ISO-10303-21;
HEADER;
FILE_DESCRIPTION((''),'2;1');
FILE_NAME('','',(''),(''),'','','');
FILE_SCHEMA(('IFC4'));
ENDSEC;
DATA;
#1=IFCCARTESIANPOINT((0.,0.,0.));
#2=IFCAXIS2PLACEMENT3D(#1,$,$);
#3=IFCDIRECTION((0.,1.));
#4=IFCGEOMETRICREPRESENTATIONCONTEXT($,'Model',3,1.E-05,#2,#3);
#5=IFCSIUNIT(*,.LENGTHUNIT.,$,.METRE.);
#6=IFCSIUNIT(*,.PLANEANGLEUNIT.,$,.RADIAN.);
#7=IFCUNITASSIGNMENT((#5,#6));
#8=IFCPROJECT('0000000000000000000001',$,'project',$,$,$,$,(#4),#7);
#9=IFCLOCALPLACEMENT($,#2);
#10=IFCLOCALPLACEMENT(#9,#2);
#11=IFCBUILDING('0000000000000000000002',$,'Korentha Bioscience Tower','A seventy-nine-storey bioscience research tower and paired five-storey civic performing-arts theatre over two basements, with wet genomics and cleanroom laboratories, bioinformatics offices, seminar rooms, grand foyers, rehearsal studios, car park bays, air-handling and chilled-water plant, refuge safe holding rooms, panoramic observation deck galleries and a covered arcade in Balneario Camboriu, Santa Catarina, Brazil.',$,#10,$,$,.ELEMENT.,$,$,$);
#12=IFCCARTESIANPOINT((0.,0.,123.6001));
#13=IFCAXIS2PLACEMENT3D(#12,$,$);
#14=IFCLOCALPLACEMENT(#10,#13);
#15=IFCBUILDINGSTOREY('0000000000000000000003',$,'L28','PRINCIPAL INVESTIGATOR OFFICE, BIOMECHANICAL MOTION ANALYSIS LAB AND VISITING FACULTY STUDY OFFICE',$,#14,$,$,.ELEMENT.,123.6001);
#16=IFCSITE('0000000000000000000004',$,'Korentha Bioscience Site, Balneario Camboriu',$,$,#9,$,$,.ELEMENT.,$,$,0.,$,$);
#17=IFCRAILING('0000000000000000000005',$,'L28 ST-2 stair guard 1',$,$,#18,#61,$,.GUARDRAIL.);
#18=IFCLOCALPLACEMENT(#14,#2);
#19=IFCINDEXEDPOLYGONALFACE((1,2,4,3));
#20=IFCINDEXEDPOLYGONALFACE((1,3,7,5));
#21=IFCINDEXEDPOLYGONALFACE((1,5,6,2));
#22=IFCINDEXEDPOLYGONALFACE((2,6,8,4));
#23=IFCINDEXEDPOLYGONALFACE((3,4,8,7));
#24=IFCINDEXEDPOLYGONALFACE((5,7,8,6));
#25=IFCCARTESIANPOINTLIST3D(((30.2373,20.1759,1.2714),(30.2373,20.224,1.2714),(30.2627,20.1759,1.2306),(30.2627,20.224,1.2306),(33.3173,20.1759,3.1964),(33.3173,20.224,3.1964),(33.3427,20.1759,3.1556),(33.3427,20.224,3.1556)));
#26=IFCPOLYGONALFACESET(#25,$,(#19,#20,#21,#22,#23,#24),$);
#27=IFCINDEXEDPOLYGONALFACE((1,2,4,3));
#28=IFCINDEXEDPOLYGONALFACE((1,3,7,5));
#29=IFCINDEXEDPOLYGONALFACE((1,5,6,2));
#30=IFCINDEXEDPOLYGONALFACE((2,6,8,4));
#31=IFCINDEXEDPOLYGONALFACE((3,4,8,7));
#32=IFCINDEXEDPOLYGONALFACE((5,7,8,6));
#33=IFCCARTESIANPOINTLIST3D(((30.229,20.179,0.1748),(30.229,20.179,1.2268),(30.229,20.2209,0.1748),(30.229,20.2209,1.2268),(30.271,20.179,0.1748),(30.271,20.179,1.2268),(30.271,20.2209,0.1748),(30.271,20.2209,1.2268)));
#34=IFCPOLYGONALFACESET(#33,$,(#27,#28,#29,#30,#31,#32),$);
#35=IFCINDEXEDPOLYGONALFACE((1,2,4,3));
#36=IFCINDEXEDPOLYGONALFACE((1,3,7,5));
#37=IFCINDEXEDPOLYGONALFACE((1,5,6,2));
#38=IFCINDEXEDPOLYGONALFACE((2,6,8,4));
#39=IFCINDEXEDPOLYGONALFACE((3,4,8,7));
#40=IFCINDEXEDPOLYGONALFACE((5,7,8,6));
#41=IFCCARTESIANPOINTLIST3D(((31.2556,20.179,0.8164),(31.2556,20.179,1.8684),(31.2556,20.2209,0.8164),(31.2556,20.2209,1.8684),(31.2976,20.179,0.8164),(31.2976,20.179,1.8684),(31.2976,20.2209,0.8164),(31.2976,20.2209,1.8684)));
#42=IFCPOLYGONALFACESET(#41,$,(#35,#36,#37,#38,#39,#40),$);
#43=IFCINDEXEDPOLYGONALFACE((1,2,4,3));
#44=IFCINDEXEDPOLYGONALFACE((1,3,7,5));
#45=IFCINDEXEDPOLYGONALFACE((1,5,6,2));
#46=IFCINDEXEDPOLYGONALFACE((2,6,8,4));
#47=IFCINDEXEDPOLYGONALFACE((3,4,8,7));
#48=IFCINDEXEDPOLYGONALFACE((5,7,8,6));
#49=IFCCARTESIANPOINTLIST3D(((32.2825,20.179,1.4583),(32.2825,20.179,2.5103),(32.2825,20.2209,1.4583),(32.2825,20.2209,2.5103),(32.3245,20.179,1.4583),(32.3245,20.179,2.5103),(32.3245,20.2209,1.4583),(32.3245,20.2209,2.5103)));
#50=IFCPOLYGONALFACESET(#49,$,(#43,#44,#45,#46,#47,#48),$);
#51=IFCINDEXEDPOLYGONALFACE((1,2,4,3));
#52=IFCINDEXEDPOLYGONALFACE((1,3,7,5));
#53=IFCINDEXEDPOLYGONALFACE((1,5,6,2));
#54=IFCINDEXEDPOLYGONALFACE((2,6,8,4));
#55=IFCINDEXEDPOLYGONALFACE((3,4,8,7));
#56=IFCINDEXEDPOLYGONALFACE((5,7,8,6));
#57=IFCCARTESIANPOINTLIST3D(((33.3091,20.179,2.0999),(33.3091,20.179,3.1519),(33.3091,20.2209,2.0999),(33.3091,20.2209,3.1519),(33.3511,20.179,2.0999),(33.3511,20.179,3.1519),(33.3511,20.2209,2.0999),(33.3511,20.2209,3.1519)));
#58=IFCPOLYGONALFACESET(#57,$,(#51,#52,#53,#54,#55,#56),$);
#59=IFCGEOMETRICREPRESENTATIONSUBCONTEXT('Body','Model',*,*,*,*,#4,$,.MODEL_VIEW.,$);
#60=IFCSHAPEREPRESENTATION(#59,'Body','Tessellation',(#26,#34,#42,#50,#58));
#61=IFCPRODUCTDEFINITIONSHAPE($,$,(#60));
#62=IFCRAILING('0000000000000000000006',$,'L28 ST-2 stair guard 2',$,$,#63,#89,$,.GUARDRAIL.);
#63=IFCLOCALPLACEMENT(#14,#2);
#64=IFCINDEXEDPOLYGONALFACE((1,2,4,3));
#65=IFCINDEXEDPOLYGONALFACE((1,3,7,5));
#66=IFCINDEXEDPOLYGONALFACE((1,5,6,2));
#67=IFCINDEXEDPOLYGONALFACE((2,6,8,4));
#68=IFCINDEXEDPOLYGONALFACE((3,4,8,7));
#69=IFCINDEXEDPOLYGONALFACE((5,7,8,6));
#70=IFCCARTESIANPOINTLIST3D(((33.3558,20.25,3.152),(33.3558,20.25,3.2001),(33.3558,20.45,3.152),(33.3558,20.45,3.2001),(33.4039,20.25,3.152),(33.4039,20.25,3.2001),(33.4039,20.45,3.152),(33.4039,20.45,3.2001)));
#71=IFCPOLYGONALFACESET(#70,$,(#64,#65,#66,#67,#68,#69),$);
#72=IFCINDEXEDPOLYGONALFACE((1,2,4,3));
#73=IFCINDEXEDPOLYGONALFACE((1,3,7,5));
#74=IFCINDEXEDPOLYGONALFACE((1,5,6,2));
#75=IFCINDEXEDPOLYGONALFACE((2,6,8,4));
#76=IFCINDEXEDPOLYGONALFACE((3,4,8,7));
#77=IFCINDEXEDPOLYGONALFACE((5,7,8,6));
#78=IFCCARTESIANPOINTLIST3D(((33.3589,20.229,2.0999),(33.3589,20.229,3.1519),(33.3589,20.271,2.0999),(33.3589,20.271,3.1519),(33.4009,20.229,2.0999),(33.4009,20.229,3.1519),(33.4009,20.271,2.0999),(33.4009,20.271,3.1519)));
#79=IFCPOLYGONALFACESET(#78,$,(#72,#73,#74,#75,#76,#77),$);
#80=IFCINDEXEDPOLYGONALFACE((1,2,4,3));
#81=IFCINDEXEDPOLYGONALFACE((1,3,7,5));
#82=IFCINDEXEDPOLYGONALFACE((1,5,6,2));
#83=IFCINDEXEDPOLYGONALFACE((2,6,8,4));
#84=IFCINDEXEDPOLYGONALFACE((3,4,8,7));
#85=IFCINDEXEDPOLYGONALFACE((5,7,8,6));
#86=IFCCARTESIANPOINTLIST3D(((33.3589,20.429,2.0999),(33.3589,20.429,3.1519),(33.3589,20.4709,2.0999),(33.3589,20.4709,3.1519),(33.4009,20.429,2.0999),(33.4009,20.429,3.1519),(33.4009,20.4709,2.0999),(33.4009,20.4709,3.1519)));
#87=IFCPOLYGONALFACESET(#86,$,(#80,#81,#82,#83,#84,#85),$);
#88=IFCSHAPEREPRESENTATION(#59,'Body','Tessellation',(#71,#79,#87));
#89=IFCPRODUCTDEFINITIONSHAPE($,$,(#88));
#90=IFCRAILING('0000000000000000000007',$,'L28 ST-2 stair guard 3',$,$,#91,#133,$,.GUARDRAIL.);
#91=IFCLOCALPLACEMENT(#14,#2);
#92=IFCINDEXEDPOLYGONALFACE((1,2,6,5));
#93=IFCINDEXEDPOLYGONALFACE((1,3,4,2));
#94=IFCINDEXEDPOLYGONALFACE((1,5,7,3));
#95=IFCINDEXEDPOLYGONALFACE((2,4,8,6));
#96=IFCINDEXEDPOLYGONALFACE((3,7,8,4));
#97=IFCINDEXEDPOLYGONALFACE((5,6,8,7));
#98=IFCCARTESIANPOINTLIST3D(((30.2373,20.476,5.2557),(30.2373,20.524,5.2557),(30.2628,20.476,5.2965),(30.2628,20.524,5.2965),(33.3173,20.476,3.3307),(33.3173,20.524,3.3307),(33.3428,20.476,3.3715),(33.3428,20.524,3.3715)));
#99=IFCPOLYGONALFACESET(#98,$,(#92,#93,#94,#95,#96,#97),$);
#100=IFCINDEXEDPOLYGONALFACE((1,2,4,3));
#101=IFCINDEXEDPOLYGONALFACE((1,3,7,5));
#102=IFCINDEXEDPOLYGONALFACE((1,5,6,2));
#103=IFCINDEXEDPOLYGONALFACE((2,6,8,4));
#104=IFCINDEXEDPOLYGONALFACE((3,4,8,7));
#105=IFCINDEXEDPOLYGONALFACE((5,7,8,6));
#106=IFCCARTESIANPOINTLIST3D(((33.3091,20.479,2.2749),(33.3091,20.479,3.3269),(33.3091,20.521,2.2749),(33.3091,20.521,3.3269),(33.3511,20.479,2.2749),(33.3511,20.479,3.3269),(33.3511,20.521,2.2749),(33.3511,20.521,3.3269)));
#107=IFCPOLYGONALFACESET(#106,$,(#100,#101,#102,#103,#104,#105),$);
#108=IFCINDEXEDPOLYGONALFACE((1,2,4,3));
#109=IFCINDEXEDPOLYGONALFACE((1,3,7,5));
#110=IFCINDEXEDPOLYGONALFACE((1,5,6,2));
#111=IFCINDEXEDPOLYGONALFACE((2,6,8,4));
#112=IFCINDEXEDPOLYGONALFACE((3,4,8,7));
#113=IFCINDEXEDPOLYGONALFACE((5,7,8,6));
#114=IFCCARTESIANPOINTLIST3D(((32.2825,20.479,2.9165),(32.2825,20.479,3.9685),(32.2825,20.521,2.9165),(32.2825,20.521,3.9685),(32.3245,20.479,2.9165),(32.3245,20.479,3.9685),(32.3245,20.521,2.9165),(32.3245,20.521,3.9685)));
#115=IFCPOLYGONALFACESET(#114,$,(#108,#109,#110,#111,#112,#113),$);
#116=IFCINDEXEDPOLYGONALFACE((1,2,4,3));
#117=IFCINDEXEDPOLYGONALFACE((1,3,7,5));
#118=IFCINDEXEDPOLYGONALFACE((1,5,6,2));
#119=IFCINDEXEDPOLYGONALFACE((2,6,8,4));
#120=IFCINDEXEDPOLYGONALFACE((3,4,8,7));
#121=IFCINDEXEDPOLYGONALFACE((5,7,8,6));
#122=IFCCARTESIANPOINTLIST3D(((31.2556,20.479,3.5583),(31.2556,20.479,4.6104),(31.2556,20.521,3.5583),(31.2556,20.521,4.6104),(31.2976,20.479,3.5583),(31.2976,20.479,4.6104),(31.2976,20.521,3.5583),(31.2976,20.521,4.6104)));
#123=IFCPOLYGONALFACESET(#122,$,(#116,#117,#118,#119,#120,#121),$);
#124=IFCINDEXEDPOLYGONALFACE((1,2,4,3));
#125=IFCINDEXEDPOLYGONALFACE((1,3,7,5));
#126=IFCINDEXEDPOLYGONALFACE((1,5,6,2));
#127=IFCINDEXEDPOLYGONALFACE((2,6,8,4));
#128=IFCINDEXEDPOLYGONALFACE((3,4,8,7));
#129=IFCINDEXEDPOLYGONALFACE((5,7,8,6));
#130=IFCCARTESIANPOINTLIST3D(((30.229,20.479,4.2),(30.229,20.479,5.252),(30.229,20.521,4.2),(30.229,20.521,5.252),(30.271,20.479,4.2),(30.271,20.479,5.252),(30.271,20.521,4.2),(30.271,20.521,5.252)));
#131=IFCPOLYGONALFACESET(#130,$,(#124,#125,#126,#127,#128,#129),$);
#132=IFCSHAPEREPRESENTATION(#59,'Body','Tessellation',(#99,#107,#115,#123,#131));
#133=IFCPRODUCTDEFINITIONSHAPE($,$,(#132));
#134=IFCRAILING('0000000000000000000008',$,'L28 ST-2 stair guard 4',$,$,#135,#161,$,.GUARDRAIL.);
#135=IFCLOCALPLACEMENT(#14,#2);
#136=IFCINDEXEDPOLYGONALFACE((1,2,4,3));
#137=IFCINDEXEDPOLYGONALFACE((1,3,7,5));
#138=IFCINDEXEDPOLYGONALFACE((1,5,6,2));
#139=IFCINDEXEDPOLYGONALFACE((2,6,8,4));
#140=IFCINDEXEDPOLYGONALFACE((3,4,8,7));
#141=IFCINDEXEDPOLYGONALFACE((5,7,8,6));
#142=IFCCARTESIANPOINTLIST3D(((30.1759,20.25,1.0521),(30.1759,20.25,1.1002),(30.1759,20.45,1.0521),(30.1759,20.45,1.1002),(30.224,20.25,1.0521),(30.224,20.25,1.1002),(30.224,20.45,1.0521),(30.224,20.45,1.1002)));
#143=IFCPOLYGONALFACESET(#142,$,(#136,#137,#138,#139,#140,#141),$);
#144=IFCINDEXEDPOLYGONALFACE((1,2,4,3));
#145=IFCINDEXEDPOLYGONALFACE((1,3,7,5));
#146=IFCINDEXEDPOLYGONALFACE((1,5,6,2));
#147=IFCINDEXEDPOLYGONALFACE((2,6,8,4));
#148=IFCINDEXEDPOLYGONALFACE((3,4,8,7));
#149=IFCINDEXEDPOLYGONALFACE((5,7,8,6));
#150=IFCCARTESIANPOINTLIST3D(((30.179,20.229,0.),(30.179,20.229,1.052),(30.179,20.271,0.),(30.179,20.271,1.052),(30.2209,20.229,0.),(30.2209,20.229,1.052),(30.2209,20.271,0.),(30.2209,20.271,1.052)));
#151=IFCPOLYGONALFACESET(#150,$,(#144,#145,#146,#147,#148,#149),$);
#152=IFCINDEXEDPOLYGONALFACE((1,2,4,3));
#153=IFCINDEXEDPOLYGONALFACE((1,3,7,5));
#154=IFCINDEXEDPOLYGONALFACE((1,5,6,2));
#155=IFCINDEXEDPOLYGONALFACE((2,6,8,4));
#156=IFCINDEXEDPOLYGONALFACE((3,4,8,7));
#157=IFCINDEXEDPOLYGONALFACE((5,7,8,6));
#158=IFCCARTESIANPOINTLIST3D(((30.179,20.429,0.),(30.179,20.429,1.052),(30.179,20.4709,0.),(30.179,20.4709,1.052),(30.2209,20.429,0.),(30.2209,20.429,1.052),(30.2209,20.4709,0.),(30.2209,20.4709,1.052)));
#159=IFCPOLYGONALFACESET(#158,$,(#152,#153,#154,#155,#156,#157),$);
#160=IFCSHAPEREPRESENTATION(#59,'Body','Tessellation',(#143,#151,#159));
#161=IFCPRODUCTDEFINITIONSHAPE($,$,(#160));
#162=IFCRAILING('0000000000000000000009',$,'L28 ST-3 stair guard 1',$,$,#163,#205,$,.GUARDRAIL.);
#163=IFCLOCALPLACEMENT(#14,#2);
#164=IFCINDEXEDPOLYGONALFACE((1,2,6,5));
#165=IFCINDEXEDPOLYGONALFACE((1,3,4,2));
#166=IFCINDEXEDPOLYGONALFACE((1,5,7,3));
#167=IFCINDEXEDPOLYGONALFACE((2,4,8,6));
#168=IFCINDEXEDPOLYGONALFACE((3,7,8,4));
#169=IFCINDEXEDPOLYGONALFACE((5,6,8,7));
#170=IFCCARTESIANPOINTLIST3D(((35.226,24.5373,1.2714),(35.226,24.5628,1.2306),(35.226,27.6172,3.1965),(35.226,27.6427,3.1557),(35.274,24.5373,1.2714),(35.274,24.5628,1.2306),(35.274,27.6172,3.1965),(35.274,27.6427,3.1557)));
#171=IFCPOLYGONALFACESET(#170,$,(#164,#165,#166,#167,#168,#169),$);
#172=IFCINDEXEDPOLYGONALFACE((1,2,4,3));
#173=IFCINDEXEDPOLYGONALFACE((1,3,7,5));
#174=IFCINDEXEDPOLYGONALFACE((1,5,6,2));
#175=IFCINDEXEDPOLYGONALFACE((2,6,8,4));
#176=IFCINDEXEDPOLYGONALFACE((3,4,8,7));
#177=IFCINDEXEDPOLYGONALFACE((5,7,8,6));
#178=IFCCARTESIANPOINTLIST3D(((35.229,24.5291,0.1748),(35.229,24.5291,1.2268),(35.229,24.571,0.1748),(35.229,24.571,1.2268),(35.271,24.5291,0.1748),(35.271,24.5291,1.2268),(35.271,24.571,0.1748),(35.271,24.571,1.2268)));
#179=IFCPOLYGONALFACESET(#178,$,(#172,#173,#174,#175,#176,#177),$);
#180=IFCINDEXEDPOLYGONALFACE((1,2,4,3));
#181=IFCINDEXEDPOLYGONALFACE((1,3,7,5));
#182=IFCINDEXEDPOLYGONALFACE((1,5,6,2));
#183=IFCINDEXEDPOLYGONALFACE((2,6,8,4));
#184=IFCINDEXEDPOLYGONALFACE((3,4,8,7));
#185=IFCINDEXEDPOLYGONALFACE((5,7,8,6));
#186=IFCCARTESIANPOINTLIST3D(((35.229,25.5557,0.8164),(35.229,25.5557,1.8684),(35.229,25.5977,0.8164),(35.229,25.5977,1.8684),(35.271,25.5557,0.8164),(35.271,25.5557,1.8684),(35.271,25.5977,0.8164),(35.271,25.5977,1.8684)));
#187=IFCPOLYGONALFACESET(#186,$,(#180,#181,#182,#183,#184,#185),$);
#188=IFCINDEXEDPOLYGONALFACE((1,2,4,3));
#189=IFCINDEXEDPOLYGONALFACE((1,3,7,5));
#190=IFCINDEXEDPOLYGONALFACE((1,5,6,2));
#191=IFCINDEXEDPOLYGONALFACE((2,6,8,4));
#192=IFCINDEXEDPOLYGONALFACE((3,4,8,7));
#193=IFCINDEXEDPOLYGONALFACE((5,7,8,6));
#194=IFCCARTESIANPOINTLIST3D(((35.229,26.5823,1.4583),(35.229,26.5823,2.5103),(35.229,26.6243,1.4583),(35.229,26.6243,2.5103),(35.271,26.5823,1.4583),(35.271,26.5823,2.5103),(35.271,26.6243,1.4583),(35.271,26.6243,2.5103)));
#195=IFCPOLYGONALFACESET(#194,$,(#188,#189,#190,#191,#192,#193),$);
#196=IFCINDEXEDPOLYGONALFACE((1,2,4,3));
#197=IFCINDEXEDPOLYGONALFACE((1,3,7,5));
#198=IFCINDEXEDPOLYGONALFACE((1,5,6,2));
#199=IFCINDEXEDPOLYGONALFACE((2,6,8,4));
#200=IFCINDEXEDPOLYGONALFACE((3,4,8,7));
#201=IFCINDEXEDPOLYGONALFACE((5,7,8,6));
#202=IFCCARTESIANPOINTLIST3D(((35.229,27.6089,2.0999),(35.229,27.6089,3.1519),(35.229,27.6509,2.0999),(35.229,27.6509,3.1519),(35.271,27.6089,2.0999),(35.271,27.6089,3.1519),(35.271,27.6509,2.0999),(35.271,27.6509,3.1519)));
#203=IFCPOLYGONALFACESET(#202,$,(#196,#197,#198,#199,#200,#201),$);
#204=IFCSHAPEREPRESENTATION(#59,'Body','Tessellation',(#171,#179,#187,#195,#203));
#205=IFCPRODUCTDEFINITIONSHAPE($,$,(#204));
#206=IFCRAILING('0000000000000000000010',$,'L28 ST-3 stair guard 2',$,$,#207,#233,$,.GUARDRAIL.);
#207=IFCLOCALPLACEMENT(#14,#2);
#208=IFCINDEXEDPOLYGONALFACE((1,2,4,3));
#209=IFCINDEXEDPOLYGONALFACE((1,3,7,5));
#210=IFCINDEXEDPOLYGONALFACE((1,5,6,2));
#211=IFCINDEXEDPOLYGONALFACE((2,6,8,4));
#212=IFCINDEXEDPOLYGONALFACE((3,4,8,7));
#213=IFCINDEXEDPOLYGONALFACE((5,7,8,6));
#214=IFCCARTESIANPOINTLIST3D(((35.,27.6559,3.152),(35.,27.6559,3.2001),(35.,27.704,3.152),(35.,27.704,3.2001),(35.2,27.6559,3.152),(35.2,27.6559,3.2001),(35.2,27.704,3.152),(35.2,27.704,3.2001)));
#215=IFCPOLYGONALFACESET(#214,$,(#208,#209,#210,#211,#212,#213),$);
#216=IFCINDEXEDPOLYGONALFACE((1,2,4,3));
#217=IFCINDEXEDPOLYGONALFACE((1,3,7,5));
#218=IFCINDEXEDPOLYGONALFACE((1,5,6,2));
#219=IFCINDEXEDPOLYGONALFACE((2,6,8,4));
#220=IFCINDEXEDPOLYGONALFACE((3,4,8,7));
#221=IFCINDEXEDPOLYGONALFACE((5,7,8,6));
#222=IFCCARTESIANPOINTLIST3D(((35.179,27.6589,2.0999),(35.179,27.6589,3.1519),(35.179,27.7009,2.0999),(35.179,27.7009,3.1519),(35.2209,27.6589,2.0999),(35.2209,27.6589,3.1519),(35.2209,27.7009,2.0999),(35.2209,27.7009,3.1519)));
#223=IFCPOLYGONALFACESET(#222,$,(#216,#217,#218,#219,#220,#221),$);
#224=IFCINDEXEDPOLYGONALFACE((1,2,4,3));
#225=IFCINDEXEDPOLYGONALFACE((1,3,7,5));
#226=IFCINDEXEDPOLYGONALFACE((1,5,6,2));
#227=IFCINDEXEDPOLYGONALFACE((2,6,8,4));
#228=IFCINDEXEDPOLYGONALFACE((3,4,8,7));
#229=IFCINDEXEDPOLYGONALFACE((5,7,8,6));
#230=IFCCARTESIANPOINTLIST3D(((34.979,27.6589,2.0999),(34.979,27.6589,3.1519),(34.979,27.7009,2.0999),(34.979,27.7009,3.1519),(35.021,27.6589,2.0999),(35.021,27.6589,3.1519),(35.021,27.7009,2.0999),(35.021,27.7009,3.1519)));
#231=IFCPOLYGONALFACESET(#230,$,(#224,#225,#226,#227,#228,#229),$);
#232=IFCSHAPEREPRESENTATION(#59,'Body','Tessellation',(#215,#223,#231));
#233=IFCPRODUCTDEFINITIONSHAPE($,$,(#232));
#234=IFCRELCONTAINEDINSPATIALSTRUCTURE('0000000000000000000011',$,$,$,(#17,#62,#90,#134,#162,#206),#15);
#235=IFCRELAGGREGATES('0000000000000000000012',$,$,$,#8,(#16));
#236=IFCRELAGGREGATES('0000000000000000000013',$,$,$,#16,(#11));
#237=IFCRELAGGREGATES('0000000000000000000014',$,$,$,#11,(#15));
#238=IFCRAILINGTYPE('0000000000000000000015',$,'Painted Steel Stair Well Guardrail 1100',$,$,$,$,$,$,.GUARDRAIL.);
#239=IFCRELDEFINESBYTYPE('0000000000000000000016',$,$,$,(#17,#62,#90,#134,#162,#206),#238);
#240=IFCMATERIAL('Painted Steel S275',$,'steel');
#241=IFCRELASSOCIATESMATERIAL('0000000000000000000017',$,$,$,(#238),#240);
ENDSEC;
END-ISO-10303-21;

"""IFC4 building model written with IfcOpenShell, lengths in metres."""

from ifc_helpers import new_model, si_unit, direction, frame, origin, origin_2d, place, context, subcontext, project, spatial, rectangle, extrude, material, type_object, element, save


model = new_model("IFC4")

# Units and contexts
model_context = context("Model", 3, precision=1e-05, world=origin(), true_north=direction((0.0, 1.0)))
body_context = subcontext(model_context, "Body", "Model", "MODEL_VIEW")
ifc_project = project(units=[si_unit("LENGTHUNIT", "METRE"), si_unit("PLANEANGLEUNIT", "RADIAN")], contexts=[model_context])

# Site, building, storey
site_placement = place(None, origin())
site = spatial("IfcSite", under=ifc_project, at=site_placement, Name="Korentha Bioscience Site, Balneario Camboriu", CompositionType="ELEMENT", RefElevation=0.0)
building_placement = place(site_placement, origin())
building = spatial("IfcBuilding", under=site, at=building_placement, Name="Korentha Bioscience Tower", Description="A seventy-nine-storey bioscience research tower and paired five-storey civic performing-arts theatre over two basements, with wet genomics and cleanroom laboratories, bioinformatics offices, seminar rooms, grand foyers, rehearsal studios, car park bays, air-handling and chilled-water plant, refuge safe holding rooms, panoramic observation deck galleries and a covered arcade in Balneario Camboriu, Santa Catarina, Brazil.", CompositionType="ELEMENT")
storey_placement = place(building_placement, frame((0.0, 0.0, 123.6001)))
storey = spatial("IfcBuildingStorey", under=building, at=storey_placement, Name="L28", Description="PRINCIPAL INVESTIGATOR OFFICE, BIOMECHANICAL MOTION ANALYSIS LAB AND VISITING FACULTY STUDY OFFICE", CompositionType="ELEMENT", Elevation=123.6001)

# Railings
ifc_material_1 = material(Name="Painted Steel S275", Category="steel")
railing_type_1 = type_object("IfcRailingType", Name="Painted Steel Stair Well Guardrail 1100", PredefinedType="GUARDRAIL", material=ifc_material_1)
railing_1_placement = place(storey_placement, frame((30.25, 20.2, 0.1748)))
element("IfcRailing", 1, at=railing_1_placement, inside=storey, type_object=railing_type_1, Name="L28 ST-2 stair guard 1", PredefinedType="GUARDRAIL", context=body_context, shape_type="SweptSolid", body=[
    extrude(rectangle(XDim=0.0481, YDim=0.0481, at=origin_2d()), frame((0.0, 0.0, 1.0762), z_axis=(0.847998, 0.0, 0.529999), x_axis=(0.0, 1.0, 0.0)), (0.0, 0.0, 1.0), 3.6321),
    extrude(rectangle(XDim=0.042, YDim=0.042, at=origin_2d()), origin(), (0.0, 0.0, 1.0), 1.052),
    extrude(rectangle(XDim=0.042, YDim=0.042, at=origin_2d()), frame((1.0266, 0.0, 0.6416)), (0.0, 0.0, 1.0), 1.052),
    extrude(rectangle(XDim=0.042, YDim=0.042, at=origin_2d()), frame((2.0535, 0.0, 1.2834)), (0.0, 0.0, 1.0), 1.052),
    extrude(rectangle(XDim=0.042, YDim=0.042, at=origin_2d()), frame((3.0801, 0.0, 1.925)), (0.0, 0.0, 1.0), 1.052),
])
railing_2_placement = place(storey_placement, frame((33.3799, 20.25, 2.0999)))
element("IfcRailing", 2, at=railing_2_placement, inside=storey, type_object=railing_type_1, Name="L28 ST-2 stair guard 2", PredefinedType="GUARDRAIL", context=body_context, shape_type="SweptSolid", body=[
    extrude(rectangle(XDim=0.0481, YDim=0.0481, at=origin_2d()), frame((0.0, 0.0, 1.0762), z_axis=(0.0, 1.0, 0.0), x_axis=(-1.0, 0.0, 0.0)), (0.0, 0.0, 1.0), 0.2),
    extrude(rectangle(XDim=0.042, YDim=0.042, at=origin_2d()), origin(), (0.0, 0.0, 1.0), 1.052),
    extrude(rectangle(XDim=0.042, YDim=0.042, at=origin_2d()), frame((0.0, 0.2, 0.0)), (0.0, 0.0, 1.0), 1.052),
])
railing_3_placement = place(storey_placement, frame((33.3301, 20.5, 2.2749)))
element("IfcRailing", 3, at=railing_3_placement, inside=storey, type_object=railing_type_1, Name="L28 ST-2 stair guard 3", PredefinedType="GUARDRAIL", context=body_context, shape_type="SweptSolid", body=[
    extrude(rectangle(XDim=0.0481, YDim=0.0481, at=origin_2d()), frame((0.0, 0.0, 1.0762), z_axis=(-0.847998, 0.0, 0.529999), x_axis=(0.0, -1.0, 0.0)), (0.0, 0.0, 1.0), 3.6321),
    extrude(rectangle(XDim=0.042, YDim=0.042, at=origin_2d()), origin(), (0.0, 0.0, 1.0), 1.052),
    extrude(rectangle(XDim=0.042, YDim=0.042, at=origin_2d()), frame((-1.0266, 0.0, 0.6416)), (0.0, 0.0, 1.0), 1.052),
    extrude(rectangle(XDim=0.042, YDim=0.042, at=origin_2d()), frame((-2.0535, 0.0, 1.2834)), (0.0, 0.0, 1.0), 1.052),
    extrude(rectangle(XDim=0.042, YDim=0.042, at=origin_2d()), frame((-3.0801, 0.0, 1.925)), (0.0, 0.0, 1.0), 1.052),
])
railing_4_placement = place(storey_placement, frame((30.2, 20.25, 0.0)))
element("IfcRailing", 4, at=railing_4_placement, inside=storey, type_object=railing_type_1, Name="L28 ST-2 stair guard 4", PredefinedType="GUARDRAIL", context=body_context, shape_type="SweptSolid", body=[
    extrude(rectangle(XDim=0.0481, YDim=0.0481, at=origin_2d()), frame((0.0, 0.0, 1.0762), z_axis=(0.0, 1.0, 0.0), x_axis=(-1.0, 0.0, 0.0)), (0.0, 0.0, 1.0), 0.2),
    extrude(rectangle(XDim=0.042, YDim=0.042, at=origin_2d()), origin(), (0.0, 0.0, 1.0), 1.052),
    extrude(rectangle(XDim=0.042, YDim=0.042, at=origin_2d()), frame((0.0, 0.2, 0.0)), (0.0, 0.0, 1.0), 1.052),
])
railing_5_placement = place(storey_placement, frame((35.25, 24.55, 0.1748)))
element("IfcRailing", 5, at=railing_5_placement, inside=storey, type_object=railing_type_1, Name="L28 ST-3 stair guard 1", PredefinedType="GUARDRAIL", context=body_context, shape_type="SweptSolid", body=[
    extrude(rectangle(XDim=0.0481, YDim=0.0481, at=origin_2d()), frame((0.0, 0.0, 1.0762), z_axis=(0.0, 0.847979, 0.530029), x_axis=(-1.0, 0.0, 0.0)), (0.0, 0.0, 1.0), 3.6321),
    extrude(rectangle(XDim=0.042, YDim=0.042, at=origin_2d()), origin(), (0.0, 0.0, 1.0), 1.052),
    extrude(rectangle(XDim=0.042, YDim=0.042, at=origin_2d()), frame((0.0, 1.0266, 0.6416)), (0.0, 0.0, 1.0), 1.052),
    extrude(rectangle(XDim=0.042, YDim=0.042, at=origin_2d()), frame((0.0, 2.0532, 1.2834)), (0.0, 0.0, 1.0), 1.052),
    extrude(rectangle(XDim=0.042, YDim=0.042, at=origin_2d()), frame((0.0, 3.0798, 1.925)), (0.0, 0.0, 1.0), 1.052),
])
railing_6_placement = place(storey_placement, frame((35.2, 27.6799, 2.0999)))
element("IfcRailing", 6, at=railing_6_placement, inside=storey, type_object=railing_type_1, Name="L28 ST-3 stair guard 2", PredefinedType="GUARDRAIL", context=body_context, shape_type="SweptSolid", body=[
    extrude(rectangle(XDim=0.0481, YDim=0.0481, at=origin_2d()), frame((0.0, 0.0, 1.0762), z_axis=(-1.0, 0.0, 0.0), x_axis=(0.0, -1.0, 0.0)), (0.0, 0.0, 1.0), 0.2),
    extrude(rectangle(XDim=0.042, YDim=0.042, at=origin_2d()), origin(), (0.0, 0.0, 1.0), 1.052),
    extrude(rectangle(XDim=0.042, YDim=0.042, at=origin_2d()), frame((-0.2, 0.0, 0.0)), (0.0, 0.0, 1.0), 1.052),
])

save(model, "model.ifc")
